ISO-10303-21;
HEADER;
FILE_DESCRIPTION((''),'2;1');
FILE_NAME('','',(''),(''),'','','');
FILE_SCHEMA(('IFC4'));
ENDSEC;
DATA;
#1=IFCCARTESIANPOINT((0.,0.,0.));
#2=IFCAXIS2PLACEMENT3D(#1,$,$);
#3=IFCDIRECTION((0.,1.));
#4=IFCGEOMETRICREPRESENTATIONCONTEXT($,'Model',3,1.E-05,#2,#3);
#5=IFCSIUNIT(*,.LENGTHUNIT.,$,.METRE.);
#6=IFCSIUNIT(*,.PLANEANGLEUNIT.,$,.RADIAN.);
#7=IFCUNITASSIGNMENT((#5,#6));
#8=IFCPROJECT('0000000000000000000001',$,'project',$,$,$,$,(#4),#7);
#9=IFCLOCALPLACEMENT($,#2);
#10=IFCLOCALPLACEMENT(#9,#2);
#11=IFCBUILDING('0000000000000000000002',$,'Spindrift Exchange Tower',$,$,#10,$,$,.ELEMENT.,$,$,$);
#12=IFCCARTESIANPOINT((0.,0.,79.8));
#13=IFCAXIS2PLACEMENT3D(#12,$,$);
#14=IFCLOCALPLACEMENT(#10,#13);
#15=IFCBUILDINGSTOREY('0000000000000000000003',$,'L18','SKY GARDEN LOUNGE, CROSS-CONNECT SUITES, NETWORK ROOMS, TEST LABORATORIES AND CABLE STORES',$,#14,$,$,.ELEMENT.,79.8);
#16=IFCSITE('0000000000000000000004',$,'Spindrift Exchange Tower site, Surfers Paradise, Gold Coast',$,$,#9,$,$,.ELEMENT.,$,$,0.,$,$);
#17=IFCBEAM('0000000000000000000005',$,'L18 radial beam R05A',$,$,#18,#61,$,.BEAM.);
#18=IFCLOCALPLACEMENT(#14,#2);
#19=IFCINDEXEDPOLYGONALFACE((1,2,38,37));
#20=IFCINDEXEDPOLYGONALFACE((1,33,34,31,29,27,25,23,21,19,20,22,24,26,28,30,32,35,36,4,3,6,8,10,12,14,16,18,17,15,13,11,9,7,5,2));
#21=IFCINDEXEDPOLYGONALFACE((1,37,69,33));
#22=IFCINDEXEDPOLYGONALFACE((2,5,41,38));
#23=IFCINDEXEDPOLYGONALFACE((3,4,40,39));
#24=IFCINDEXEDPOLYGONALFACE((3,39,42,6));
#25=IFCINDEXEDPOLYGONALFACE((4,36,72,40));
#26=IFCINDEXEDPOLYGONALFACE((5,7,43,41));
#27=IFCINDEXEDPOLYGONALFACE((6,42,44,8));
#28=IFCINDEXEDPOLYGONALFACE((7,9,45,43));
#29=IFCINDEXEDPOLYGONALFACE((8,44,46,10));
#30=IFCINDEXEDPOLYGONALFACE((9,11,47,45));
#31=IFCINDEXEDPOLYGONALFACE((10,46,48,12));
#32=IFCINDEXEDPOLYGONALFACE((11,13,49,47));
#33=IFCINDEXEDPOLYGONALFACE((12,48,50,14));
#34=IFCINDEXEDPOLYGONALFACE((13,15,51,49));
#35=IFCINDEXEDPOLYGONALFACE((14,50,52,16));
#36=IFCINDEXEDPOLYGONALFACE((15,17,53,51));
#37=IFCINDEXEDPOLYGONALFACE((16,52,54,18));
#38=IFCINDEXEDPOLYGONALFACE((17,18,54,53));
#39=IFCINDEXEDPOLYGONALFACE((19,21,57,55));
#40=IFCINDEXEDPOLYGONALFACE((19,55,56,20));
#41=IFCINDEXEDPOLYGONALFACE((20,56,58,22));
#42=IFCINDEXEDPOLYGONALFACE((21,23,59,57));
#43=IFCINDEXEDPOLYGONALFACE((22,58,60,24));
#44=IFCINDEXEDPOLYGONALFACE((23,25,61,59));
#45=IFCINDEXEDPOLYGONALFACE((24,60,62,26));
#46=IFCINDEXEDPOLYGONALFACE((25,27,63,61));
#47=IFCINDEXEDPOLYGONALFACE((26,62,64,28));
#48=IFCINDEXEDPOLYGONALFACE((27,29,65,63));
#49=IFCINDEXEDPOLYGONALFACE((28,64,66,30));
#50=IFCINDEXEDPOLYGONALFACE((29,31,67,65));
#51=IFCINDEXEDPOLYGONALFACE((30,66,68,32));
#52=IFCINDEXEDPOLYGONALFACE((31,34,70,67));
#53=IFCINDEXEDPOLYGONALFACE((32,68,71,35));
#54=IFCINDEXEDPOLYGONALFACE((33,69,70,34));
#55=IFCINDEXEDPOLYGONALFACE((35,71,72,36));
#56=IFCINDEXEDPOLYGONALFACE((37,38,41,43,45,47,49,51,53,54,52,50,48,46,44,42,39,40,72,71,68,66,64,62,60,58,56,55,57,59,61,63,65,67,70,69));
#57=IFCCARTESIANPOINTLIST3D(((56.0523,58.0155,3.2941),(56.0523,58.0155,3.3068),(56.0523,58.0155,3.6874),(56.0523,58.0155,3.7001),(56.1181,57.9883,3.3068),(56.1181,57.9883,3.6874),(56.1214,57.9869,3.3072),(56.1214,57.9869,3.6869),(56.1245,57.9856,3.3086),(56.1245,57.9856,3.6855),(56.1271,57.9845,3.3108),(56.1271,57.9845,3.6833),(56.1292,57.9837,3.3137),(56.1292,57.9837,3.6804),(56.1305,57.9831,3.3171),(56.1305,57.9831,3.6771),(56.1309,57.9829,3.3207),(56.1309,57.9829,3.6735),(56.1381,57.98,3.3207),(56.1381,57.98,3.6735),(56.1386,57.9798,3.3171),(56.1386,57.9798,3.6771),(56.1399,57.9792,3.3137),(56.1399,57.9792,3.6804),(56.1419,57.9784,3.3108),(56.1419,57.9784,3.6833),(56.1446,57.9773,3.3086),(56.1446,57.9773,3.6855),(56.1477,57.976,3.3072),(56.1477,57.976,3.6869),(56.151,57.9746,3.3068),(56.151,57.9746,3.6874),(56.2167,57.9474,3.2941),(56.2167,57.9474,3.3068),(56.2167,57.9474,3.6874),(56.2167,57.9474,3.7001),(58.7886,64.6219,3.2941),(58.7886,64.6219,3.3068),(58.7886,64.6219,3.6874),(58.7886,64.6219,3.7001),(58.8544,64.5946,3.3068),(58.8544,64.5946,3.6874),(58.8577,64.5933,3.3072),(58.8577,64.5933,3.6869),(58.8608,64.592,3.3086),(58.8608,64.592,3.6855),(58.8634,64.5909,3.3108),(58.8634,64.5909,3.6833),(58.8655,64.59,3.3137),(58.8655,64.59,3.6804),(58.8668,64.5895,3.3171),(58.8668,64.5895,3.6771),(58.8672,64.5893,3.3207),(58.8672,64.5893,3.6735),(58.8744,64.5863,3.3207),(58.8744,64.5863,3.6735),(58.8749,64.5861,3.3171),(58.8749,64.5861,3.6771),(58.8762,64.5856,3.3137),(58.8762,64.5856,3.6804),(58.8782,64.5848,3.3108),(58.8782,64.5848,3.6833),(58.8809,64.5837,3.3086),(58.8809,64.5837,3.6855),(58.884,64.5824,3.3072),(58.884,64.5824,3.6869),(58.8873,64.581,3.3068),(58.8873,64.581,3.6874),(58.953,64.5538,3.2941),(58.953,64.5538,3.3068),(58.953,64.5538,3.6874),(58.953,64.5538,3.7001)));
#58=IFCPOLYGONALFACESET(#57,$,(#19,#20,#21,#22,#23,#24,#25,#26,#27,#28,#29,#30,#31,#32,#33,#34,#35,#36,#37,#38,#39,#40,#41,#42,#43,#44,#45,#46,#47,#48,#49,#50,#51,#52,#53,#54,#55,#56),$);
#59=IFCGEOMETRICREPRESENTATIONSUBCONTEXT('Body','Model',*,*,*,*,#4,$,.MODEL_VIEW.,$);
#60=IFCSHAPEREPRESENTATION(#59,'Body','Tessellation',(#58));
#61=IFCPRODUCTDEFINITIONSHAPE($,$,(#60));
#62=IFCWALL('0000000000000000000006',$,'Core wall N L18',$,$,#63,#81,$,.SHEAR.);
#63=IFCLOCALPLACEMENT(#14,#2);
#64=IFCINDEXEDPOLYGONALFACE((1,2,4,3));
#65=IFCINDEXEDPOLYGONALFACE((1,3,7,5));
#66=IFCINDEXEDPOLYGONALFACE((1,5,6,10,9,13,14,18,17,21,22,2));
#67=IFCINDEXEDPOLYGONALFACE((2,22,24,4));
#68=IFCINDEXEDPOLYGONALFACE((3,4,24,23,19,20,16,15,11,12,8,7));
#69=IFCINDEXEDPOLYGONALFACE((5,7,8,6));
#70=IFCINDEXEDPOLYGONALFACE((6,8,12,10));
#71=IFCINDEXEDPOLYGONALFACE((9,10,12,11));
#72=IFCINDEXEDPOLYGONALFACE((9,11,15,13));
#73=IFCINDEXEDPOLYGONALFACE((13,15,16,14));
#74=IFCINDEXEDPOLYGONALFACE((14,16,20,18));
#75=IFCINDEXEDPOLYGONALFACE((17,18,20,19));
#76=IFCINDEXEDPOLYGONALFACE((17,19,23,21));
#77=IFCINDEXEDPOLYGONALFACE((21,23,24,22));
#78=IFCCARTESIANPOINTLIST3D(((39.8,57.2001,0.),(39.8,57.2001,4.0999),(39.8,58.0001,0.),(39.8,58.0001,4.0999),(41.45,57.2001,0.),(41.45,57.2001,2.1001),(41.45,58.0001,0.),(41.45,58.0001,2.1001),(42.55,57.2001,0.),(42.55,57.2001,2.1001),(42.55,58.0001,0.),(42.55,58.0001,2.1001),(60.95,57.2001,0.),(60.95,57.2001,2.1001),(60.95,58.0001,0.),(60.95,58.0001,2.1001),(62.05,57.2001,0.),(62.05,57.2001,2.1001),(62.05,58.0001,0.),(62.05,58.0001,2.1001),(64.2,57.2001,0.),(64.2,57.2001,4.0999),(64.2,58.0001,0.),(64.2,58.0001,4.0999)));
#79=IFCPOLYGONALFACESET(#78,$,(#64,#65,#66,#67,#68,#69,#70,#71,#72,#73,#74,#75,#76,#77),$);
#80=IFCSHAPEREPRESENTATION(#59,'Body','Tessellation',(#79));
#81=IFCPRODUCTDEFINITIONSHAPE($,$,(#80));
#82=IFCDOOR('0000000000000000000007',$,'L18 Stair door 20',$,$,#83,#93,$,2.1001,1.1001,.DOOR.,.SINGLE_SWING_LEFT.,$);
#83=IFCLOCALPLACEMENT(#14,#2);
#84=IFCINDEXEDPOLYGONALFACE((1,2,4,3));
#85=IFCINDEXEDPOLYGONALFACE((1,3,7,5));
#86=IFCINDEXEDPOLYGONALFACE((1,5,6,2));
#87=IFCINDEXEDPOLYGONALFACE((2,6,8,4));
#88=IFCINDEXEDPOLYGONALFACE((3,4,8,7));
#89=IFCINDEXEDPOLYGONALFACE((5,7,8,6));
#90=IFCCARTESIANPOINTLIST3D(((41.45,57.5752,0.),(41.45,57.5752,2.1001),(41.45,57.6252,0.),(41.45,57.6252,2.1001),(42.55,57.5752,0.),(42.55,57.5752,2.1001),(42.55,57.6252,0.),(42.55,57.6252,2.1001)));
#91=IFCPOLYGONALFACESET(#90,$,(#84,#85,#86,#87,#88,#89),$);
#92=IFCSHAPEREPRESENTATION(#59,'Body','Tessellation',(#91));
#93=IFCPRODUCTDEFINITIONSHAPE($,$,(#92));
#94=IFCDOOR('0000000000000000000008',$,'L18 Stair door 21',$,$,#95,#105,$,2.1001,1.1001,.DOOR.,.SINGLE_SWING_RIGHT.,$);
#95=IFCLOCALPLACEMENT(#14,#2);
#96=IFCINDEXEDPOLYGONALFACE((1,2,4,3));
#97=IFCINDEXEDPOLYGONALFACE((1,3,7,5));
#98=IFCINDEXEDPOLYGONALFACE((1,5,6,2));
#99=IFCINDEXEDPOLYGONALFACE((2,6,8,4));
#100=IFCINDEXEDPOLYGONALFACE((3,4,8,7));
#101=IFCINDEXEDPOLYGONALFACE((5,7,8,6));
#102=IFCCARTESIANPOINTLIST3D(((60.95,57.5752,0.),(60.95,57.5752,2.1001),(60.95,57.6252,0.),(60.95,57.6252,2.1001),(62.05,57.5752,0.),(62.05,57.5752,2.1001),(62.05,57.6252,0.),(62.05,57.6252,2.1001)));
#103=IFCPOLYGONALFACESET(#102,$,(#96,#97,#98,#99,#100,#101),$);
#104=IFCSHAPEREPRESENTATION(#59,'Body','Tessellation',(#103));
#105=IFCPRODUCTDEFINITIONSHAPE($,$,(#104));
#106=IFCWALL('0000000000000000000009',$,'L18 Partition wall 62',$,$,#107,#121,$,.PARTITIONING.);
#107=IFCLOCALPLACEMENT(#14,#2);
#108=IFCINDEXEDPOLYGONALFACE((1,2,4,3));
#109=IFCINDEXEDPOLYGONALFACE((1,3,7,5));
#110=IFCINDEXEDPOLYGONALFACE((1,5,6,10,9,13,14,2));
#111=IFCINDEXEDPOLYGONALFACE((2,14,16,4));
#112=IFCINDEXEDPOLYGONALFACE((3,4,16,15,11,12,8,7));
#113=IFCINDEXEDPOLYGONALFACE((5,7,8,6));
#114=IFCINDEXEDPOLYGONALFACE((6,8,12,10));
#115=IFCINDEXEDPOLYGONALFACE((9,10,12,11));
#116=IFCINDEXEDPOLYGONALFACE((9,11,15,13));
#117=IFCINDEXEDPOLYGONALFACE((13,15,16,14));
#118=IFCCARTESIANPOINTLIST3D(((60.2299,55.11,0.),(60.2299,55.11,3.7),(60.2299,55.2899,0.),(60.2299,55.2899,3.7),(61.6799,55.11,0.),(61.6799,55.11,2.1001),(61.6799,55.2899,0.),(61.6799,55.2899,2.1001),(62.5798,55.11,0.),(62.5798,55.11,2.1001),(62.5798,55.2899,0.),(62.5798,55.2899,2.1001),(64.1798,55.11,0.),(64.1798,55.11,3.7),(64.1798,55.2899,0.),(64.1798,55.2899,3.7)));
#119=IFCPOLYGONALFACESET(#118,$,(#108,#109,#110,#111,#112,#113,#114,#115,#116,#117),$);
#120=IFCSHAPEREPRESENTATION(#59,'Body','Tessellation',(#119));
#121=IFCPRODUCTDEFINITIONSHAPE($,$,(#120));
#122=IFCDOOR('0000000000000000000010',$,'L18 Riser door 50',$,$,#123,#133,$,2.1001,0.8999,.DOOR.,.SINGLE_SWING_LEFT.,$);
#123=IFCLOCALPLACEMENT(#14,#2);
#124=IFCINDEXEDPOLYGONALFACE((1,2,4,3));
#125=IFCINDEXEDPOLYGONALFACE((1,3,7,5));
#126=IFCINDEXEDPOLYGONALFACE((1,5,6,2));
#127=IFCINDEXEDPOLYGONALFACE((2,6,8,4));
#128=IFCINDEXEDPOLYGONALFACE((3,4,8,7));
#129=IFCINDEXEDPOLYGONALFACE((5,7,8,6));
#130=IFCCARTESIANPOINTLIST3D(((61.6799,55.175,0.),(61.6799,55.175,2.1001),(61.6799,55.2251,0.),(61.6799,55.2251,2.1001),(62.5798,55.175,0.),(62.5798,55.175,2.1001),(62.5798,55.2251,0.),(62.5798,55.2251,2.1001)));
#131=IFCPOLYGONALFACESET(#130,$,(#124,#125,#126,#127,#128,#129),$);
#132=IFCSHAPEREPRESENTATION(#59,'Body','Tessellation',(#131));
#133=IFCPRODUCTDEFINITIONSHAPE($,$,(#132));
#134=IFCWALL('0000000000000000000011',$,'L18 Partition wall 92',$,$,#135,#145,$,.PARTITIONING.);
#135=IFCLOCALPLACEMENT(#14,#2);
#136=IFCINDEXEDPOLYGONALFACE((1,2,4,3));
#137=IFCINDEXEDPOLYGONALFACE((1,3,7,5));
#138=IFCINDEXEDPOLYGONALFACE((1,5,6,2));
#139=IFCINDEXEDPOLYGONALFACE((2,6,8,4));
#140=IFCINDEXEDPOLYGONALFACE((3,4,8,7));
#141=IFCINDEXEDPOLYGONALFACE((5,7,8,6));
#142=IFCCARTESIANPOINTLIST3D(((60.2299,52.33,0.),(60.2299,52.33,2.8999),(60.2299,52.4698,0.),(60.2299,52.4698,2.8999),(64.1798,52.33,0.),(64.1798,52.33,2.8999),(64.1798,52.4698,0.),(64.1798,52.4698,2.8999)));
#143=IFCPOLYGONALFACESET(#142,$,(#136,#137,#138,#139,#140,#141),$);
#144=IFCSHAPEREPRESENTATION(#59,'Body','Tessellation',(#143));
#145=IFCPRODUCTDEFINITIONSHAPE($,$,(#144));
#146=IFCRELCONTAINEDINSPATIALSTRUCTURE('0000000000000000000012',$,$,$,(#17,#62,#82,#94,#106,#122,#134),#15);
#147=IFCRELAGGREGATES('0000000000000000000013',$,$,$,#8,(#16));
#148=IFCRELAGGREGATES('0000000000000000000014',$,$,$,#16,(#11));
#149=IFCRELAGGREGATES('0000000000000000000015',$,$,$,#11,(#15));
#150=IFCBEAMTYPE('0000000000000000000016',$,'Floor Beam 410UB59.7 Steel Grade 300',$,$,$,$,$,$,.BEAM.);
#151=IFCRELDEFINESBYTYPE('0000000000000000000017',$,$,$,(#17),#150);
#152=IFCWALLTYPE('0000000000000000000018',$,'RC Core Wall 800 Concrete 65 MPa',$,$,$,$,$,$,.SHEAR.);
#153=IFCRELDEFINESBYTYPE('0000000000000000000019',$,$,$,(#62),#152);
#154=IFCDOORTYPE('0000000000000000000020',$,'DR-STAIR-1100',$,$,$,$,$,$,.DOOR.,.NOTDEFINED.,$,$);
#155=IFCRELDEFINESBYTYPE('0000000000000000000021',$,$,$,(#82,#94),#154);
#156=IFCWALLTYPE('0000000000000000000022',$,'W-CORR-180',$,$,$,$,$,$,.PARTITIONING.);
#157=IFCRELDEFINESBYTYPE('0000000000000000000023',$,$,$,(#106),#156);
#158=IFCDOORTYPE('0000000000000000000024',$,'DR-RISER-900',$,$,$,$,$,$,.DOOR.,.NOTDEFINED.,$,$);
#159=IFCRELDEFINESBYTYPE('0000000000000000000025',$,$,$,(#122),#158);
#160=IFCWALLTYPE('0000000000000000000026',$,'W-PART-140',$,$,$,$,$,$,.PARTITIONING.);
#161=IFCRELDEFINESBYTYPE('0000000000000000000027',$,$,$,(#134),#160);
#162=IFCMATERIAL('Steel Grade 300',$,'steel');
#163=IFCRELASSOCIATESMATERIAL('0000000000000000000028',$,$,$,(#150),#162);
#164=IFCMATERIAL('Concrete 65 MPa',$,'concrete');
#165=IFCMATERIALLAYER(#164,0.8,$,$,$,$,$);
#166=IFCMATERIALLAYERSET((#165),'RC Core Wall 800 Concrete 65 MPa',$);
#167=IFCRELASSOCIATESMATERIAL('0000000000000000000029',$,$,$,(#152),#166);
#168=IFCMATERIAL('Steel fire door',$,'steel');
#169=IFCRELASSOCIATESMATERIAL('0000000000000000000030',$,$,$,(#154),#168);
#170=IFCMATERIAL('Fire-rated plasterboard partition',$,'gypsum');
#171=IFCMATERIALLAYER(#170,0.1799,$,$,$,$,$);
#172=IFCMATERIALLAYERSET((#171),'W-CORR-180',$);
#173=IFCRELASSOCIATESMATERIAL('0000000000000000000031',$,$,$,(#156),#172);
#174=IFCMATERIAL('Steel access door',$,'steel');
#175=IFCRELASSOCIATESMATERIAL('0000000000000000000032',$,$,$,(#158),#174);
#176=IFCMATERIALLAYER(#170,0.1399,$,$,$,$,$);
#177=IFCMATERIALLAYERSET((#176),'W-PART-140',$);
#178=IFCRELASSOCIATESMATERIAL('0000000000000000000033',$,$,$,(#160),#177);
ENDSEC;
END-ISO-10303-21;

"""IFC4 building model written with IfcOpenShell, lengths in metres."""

from ifc_helpers import new_model, si_unit, direction, frame, frame_2d, origin, origin_2d, place, context, subcontext, project, spatial, rectangle, i_section, extrude, source, transform, mapped, material, layer, layer_set, material_profile, profile_set, type_object, element, fill, save


model = new_model("IFC4")

# Units and contexts
model_context = context("Model", 3, precision=1e-05, world=origin(), true_north=direction((0.0, 1.0)))
body_context = subcontext(model_context, "Body", "Model", "MODEL_VIEW")
ifc_project = project(units=[si_unit("LENGTHUNIT", "METRE"), si_unit("PLANEANGLEUNIT", "RADIAN")], contexts=[model_context])

# Site, building, storey
site_placement = place(None, origin())
site = spatial("IfcSite", under=ifc_project, at=site_placement, Name="Spindrift Exchange Tower site, Surfers Paradise, Gold Coast", CompositionType="ELEMENT", RefElevation=0.0)
building_placement = place(site_placement, origin())
building = spatial("IfcBuilding", under=site, at=building_placement, Name="Spindrift Exchange Tower", CompositionType="ELEMENT")
storey_placement = place(building_placement, frame((0.0, 0.0, 79.8)))
storey = spatial("IfcBuildingStorey", under=building, at=storey_placement, Name="L18", Description="SKY GARDEN LOUNGE, CROSS-CONNECT SUITES, NETWORK ROOMS, TEST LABORATORIES AND CABLE STORES", CompositionType="ELEMENT", Elevation=79.8)

# Beam
ifc_material_1 = material(Name="Steel Grade 300", Category="steel")
ifc_material_profile_1 = material_profile(ifc_material_1, i_section(OverallWidth=0.178, OverallDepth=0.406, WebThickness=0.0078, FlangeThickness=0.0127, FilletRadius=0.0139, at=origin_2d()), Name="410UB59.7")
ifc_profile_set_1 = profile_set([ifc_material_profile_1], Name="Steel Grade 300")
beam_type_1 = type_object("IfcBeamType", Name="Floor Beam 410UB59.7 Steel Grade 300", PredefinedType="BEAM", material=ifc_profile_set_1)
shared_shape_1 = source(origin(), body_context, "Body", "SweptSolid", [
    extrude(i_section(OverallWidth=0.178, OverallDepth=0.406, WebThickness=0.0078, FlangeThickness=0.0127, FilletRadius=0.0139, at=origin_2d()), origin(), (0.0, 0.0, 1.0), 7.1506),
])
beam_1_placement = place(storey_placement, frame((56.1345, 57.9814, 3.4971), z_axis=(0.382665, 0.923887, 0.0), x_axis=(-0.923887, 0.382665, 0.0)))
element("IfcBeam", 1, at=beam_1_placement, inside=storey, type_object=beam_type_1, Name="L18 radial beam R05A", PredefinedType="BEAM", context=body_context, shape_type="MappedRepresentation", body=[
    mapped(shared_shape_1, transform((0.0, 0.0, 0.0), scale=1.0)),
])

# Wall, openings, doors
ifc_material_2 = material(Name="Concrete 65 MPa", Category="concrete")
ifc_layer_1 = layer(ifc_material_2, 0.8)
ifc_layer_set_1 = layer_set([ifc_layer_1], Name="RC Core Wall 800 Concrete 65 MPa")
wall_type_1 = type_object("IfcWallType", Name="RC Core Wall 800 Concrete 65 MPa", PredefinedType="SHEAR", material=ifc_layer_set_1)
wall_1_placement = place(storey_placement, frame((64.2, 57.6001, 0.0), z_axis=(0.0, 0.0, 1.0), x_axis=(-1.0, 0.0, 0.0)))
wall_1 = element("IfcWall", 2, at=wall_1_placement, inside=storey, type_object=wall_type_1, Name="Core wall N L18", PredefinedType="SHEAR", context=body_context, shape_type="SweptSolid", body=[
    extrude(rectangle(XDim=24.3999, YDim=0.8, at=frame_2d((12.2, 0.0))), origin(), (0.0, 0.0, 1.0), 4.0999),
])
opening_1_placement = place(wall_1_placement, frame((21.6499, 0.0, 0.0)))
opening_1 = element("IfcOpeningElement", 3, at=opening_1_placement, cuts=wall_1, PredefinedType="OPENING", context=body_context, shape_type="SweptSolid", body=[
    extrude(rectangle(XDim=1.1001, YDim=2.1001, at=frame_2d((0.55, 1.05))), frame((0.0, 0.4099, 0.0), z_axis=(0.0, -1.0, 0.0), x_axis=(1.0, 0.0, 0.0)), (0.0, 0.0, 1.0), 0.8201),
])
opening_2_placement = place(wall_1_placement, frame((2.1499, 0.0, 0.0)))
opening_2 = element("IfcOpeningElement", 4, at=opening_2_placement, cuts=wall_1, PredefinedType="OPENING", context=body_context, shape_type="SweptSolid", body=[
    extrude(rectangle(XDim=1.1001, YDim=2.1001, at=frame_2d((0.55, 1.05))), frame((0.0, 0.4099, 0.0), z_axis=(0.0, -1.0, 0.0), x_axis=(1.0, 0.0, 0.0)), (0.0, 0.0, 1.0), 0.8201),
])
ifc_material_3 = material(Name="Steel fire door", Category="steel")
door_type_1 = type_object("IfcDoorType", Name="DR-STAIR-1100", OperationType="NOTDEFINED", PredefinedType="DOOR", material=ifc_material_3)
shared_shape_2 = source(origin(), body_context, "Body", "SweptSolid", [
    extrude(rectangle(XDim=1.1001, YDim=2.1001, at=frame_2d((0.55, 1.05))), frame((0.0, 0.0249, 0.0), z_axis=(0.0, -1.0, 0.0), x_axis=(1.0, 0.0, 0.0)), (0.0, 0.0, 1.0), 0.05),
])
door_1_placement = place(opening_1_placement, origin())
door_1 = element("IfcDoor", 5, at=door_1_placement, inside=storey, type_object=door_type_1, Name="L18 Stair door 20", OperationType="SINGLE_SWING_LEFT", OverallHeight=2.1001, OverallWidth=1.1001, PredefinedType="DOOR", context=body_context, shape_type="MappedRepresentation", body=[
    mapped(shared_shape_2, transform((0.0, 0.0, 0.0), scale=1.0)),
])
fill(opening_1, door_1)
door_2_placement = place(opening_2_placement, origin())
door_2 = element("IfcDoor", 6, at=door_2_placement, inside=storey, type_object=door_type_1, Name="L18 Stair door 21", OperationType="SINGLE_SWING_RIGHT", OverallHeight=2.1001, OverallWidth=1.1001, PredefinedType="DOOR", context=body_context, shape_type="MappedRepresentation", body=[
    mapped(shared_shape_2, transform((0.0, 0.0, 0.0), scale=1.0)),
])
fill(opening_2, door_2)

# Wall, opening, door
ifc_material_4 = material(Name="Fire-rated plasterboard partition", Category="gypsum")
ifc_layer_2 = layer(ifc_material_4, 0.1799)
ifc_layer_set_2 = layer_set([ifc_layer_2], Name="W-CORR-180")
wall_type_2 = type_object("IfcWallType", Name="W-CORR-180", PredefinedType="PARTITIONING", material=ifc_layer_set_2)
wall_2_placement = place(storey_placement, frame((64.1799, 55.2, 0.0), z_axis=(0.0, 0.0, 1.0), x_axis=(-1.0, 0.0, 0.0)))
wall_2 = element("IfcWall", 7, at=wall_2_placement, inside=storey, type_object=wall_type_2, Name="L18 Partition wall 62", PredefinedType="PARTITIONING", context=body_context, shape_type="SweptSolid", body=[
    extrude(rectangle(XDim=3.95, YDim=0.1799, at=frame_2d((1.9751, 0.0))), origin(), (0.0, 0.0, 1.0), 3.7),
])
opening_3_placement = place(wall_2_placement, frame((1.6001, 0.0, 0.0)))
opening_3 = element("IfcOpeningElement", 8, at=opening_3_placement, cuts=wall_2, PredefinedType="OPENING", context=body_context, shape_type="SweptSolid", body=[
    extrude(rectangle(XDim=0.8999, YDim=2.1001, at=frame_2d((0.45, 1.05))), frame((0.0, 0.0999, 0.0), z_axis=(0.0, -1.0, 0.0), x_axis=(1.0, 0.0, 0.0)), (0.0, 0.0, 1.0), 0.2),
])
ifc_material_5 = material(Name="Steel access door", Category="steel")
door_type_2 = type_object("IfcDoorType", Name="DR-RISER-900", OperationType="NOTDEFINED", PredefinedType="DOOR", material=ifc_material_5)
shared_shape_3 = source(origin(), body_context, "Body", "SweptSolid", [
    extrude(rectangle(XDim=0.8999, YDim=2.1001, at=frame_2d((0.45, 1.05))), frame((0.0, 0.0249, 0.0), z_axis=(0.0, -1.0, 0.0), x_axis=(1.0, 0.0, 0.0)), (0.0, 0.0, 1.0), 0.05),
])
door_3_placement = place(opening_3_placement, origin())
door_3 = element("IfcDoor", 9, at=door_3_placement, inside=storey, type_object=door_type_2, Name="L18 Riser door 50", OperationType="SINGLE_SWING_LEFT", OverallHeight=2.1001, OverallWidth=0.8999, PredefinedType="DOOR", context=body_context, shape_type="MappedRepresentation", body=[
    mapped(shared_shape_3, transform((0.0, 0.0, 0.0), scale=1.0)),
])
fill(opening_3, door_3)

# Wall
ifc_layer_3 = layer(ifc_material_4, 0.1399)
ifc_layer_set_3 = layer_set([ifc_layer_3], Name="W-PART-140")
wall_type_3 = type_object("IfcWallType", Name="W-PART-140", PredefinedType="PARTITIONING", material=ifc_layer_set_3)
wall_3_placement = place(storey_placement, frame((64.1799, 52.3999, 0.0), z_axis=(0.0, 0.0, 1.0), x_axis=(-1.0, 0.0, 0.0)))
element("IfcWall", 10, at=wall_3_placement, inside=storey, type_object=wall_type_3, Name="L18 Partition wall 92", PredefinedType="PARTITIONING", context=body_context, shape_type="SweptSolid", body=[
    extrude(rectangle(XDim=3.95, YDim=0.1399, at=frame_2d((1.9751, 0.0))), origin(), (0.0, 0.0, 1.0), 2.8999),
])

save(model, "model.ifc")
